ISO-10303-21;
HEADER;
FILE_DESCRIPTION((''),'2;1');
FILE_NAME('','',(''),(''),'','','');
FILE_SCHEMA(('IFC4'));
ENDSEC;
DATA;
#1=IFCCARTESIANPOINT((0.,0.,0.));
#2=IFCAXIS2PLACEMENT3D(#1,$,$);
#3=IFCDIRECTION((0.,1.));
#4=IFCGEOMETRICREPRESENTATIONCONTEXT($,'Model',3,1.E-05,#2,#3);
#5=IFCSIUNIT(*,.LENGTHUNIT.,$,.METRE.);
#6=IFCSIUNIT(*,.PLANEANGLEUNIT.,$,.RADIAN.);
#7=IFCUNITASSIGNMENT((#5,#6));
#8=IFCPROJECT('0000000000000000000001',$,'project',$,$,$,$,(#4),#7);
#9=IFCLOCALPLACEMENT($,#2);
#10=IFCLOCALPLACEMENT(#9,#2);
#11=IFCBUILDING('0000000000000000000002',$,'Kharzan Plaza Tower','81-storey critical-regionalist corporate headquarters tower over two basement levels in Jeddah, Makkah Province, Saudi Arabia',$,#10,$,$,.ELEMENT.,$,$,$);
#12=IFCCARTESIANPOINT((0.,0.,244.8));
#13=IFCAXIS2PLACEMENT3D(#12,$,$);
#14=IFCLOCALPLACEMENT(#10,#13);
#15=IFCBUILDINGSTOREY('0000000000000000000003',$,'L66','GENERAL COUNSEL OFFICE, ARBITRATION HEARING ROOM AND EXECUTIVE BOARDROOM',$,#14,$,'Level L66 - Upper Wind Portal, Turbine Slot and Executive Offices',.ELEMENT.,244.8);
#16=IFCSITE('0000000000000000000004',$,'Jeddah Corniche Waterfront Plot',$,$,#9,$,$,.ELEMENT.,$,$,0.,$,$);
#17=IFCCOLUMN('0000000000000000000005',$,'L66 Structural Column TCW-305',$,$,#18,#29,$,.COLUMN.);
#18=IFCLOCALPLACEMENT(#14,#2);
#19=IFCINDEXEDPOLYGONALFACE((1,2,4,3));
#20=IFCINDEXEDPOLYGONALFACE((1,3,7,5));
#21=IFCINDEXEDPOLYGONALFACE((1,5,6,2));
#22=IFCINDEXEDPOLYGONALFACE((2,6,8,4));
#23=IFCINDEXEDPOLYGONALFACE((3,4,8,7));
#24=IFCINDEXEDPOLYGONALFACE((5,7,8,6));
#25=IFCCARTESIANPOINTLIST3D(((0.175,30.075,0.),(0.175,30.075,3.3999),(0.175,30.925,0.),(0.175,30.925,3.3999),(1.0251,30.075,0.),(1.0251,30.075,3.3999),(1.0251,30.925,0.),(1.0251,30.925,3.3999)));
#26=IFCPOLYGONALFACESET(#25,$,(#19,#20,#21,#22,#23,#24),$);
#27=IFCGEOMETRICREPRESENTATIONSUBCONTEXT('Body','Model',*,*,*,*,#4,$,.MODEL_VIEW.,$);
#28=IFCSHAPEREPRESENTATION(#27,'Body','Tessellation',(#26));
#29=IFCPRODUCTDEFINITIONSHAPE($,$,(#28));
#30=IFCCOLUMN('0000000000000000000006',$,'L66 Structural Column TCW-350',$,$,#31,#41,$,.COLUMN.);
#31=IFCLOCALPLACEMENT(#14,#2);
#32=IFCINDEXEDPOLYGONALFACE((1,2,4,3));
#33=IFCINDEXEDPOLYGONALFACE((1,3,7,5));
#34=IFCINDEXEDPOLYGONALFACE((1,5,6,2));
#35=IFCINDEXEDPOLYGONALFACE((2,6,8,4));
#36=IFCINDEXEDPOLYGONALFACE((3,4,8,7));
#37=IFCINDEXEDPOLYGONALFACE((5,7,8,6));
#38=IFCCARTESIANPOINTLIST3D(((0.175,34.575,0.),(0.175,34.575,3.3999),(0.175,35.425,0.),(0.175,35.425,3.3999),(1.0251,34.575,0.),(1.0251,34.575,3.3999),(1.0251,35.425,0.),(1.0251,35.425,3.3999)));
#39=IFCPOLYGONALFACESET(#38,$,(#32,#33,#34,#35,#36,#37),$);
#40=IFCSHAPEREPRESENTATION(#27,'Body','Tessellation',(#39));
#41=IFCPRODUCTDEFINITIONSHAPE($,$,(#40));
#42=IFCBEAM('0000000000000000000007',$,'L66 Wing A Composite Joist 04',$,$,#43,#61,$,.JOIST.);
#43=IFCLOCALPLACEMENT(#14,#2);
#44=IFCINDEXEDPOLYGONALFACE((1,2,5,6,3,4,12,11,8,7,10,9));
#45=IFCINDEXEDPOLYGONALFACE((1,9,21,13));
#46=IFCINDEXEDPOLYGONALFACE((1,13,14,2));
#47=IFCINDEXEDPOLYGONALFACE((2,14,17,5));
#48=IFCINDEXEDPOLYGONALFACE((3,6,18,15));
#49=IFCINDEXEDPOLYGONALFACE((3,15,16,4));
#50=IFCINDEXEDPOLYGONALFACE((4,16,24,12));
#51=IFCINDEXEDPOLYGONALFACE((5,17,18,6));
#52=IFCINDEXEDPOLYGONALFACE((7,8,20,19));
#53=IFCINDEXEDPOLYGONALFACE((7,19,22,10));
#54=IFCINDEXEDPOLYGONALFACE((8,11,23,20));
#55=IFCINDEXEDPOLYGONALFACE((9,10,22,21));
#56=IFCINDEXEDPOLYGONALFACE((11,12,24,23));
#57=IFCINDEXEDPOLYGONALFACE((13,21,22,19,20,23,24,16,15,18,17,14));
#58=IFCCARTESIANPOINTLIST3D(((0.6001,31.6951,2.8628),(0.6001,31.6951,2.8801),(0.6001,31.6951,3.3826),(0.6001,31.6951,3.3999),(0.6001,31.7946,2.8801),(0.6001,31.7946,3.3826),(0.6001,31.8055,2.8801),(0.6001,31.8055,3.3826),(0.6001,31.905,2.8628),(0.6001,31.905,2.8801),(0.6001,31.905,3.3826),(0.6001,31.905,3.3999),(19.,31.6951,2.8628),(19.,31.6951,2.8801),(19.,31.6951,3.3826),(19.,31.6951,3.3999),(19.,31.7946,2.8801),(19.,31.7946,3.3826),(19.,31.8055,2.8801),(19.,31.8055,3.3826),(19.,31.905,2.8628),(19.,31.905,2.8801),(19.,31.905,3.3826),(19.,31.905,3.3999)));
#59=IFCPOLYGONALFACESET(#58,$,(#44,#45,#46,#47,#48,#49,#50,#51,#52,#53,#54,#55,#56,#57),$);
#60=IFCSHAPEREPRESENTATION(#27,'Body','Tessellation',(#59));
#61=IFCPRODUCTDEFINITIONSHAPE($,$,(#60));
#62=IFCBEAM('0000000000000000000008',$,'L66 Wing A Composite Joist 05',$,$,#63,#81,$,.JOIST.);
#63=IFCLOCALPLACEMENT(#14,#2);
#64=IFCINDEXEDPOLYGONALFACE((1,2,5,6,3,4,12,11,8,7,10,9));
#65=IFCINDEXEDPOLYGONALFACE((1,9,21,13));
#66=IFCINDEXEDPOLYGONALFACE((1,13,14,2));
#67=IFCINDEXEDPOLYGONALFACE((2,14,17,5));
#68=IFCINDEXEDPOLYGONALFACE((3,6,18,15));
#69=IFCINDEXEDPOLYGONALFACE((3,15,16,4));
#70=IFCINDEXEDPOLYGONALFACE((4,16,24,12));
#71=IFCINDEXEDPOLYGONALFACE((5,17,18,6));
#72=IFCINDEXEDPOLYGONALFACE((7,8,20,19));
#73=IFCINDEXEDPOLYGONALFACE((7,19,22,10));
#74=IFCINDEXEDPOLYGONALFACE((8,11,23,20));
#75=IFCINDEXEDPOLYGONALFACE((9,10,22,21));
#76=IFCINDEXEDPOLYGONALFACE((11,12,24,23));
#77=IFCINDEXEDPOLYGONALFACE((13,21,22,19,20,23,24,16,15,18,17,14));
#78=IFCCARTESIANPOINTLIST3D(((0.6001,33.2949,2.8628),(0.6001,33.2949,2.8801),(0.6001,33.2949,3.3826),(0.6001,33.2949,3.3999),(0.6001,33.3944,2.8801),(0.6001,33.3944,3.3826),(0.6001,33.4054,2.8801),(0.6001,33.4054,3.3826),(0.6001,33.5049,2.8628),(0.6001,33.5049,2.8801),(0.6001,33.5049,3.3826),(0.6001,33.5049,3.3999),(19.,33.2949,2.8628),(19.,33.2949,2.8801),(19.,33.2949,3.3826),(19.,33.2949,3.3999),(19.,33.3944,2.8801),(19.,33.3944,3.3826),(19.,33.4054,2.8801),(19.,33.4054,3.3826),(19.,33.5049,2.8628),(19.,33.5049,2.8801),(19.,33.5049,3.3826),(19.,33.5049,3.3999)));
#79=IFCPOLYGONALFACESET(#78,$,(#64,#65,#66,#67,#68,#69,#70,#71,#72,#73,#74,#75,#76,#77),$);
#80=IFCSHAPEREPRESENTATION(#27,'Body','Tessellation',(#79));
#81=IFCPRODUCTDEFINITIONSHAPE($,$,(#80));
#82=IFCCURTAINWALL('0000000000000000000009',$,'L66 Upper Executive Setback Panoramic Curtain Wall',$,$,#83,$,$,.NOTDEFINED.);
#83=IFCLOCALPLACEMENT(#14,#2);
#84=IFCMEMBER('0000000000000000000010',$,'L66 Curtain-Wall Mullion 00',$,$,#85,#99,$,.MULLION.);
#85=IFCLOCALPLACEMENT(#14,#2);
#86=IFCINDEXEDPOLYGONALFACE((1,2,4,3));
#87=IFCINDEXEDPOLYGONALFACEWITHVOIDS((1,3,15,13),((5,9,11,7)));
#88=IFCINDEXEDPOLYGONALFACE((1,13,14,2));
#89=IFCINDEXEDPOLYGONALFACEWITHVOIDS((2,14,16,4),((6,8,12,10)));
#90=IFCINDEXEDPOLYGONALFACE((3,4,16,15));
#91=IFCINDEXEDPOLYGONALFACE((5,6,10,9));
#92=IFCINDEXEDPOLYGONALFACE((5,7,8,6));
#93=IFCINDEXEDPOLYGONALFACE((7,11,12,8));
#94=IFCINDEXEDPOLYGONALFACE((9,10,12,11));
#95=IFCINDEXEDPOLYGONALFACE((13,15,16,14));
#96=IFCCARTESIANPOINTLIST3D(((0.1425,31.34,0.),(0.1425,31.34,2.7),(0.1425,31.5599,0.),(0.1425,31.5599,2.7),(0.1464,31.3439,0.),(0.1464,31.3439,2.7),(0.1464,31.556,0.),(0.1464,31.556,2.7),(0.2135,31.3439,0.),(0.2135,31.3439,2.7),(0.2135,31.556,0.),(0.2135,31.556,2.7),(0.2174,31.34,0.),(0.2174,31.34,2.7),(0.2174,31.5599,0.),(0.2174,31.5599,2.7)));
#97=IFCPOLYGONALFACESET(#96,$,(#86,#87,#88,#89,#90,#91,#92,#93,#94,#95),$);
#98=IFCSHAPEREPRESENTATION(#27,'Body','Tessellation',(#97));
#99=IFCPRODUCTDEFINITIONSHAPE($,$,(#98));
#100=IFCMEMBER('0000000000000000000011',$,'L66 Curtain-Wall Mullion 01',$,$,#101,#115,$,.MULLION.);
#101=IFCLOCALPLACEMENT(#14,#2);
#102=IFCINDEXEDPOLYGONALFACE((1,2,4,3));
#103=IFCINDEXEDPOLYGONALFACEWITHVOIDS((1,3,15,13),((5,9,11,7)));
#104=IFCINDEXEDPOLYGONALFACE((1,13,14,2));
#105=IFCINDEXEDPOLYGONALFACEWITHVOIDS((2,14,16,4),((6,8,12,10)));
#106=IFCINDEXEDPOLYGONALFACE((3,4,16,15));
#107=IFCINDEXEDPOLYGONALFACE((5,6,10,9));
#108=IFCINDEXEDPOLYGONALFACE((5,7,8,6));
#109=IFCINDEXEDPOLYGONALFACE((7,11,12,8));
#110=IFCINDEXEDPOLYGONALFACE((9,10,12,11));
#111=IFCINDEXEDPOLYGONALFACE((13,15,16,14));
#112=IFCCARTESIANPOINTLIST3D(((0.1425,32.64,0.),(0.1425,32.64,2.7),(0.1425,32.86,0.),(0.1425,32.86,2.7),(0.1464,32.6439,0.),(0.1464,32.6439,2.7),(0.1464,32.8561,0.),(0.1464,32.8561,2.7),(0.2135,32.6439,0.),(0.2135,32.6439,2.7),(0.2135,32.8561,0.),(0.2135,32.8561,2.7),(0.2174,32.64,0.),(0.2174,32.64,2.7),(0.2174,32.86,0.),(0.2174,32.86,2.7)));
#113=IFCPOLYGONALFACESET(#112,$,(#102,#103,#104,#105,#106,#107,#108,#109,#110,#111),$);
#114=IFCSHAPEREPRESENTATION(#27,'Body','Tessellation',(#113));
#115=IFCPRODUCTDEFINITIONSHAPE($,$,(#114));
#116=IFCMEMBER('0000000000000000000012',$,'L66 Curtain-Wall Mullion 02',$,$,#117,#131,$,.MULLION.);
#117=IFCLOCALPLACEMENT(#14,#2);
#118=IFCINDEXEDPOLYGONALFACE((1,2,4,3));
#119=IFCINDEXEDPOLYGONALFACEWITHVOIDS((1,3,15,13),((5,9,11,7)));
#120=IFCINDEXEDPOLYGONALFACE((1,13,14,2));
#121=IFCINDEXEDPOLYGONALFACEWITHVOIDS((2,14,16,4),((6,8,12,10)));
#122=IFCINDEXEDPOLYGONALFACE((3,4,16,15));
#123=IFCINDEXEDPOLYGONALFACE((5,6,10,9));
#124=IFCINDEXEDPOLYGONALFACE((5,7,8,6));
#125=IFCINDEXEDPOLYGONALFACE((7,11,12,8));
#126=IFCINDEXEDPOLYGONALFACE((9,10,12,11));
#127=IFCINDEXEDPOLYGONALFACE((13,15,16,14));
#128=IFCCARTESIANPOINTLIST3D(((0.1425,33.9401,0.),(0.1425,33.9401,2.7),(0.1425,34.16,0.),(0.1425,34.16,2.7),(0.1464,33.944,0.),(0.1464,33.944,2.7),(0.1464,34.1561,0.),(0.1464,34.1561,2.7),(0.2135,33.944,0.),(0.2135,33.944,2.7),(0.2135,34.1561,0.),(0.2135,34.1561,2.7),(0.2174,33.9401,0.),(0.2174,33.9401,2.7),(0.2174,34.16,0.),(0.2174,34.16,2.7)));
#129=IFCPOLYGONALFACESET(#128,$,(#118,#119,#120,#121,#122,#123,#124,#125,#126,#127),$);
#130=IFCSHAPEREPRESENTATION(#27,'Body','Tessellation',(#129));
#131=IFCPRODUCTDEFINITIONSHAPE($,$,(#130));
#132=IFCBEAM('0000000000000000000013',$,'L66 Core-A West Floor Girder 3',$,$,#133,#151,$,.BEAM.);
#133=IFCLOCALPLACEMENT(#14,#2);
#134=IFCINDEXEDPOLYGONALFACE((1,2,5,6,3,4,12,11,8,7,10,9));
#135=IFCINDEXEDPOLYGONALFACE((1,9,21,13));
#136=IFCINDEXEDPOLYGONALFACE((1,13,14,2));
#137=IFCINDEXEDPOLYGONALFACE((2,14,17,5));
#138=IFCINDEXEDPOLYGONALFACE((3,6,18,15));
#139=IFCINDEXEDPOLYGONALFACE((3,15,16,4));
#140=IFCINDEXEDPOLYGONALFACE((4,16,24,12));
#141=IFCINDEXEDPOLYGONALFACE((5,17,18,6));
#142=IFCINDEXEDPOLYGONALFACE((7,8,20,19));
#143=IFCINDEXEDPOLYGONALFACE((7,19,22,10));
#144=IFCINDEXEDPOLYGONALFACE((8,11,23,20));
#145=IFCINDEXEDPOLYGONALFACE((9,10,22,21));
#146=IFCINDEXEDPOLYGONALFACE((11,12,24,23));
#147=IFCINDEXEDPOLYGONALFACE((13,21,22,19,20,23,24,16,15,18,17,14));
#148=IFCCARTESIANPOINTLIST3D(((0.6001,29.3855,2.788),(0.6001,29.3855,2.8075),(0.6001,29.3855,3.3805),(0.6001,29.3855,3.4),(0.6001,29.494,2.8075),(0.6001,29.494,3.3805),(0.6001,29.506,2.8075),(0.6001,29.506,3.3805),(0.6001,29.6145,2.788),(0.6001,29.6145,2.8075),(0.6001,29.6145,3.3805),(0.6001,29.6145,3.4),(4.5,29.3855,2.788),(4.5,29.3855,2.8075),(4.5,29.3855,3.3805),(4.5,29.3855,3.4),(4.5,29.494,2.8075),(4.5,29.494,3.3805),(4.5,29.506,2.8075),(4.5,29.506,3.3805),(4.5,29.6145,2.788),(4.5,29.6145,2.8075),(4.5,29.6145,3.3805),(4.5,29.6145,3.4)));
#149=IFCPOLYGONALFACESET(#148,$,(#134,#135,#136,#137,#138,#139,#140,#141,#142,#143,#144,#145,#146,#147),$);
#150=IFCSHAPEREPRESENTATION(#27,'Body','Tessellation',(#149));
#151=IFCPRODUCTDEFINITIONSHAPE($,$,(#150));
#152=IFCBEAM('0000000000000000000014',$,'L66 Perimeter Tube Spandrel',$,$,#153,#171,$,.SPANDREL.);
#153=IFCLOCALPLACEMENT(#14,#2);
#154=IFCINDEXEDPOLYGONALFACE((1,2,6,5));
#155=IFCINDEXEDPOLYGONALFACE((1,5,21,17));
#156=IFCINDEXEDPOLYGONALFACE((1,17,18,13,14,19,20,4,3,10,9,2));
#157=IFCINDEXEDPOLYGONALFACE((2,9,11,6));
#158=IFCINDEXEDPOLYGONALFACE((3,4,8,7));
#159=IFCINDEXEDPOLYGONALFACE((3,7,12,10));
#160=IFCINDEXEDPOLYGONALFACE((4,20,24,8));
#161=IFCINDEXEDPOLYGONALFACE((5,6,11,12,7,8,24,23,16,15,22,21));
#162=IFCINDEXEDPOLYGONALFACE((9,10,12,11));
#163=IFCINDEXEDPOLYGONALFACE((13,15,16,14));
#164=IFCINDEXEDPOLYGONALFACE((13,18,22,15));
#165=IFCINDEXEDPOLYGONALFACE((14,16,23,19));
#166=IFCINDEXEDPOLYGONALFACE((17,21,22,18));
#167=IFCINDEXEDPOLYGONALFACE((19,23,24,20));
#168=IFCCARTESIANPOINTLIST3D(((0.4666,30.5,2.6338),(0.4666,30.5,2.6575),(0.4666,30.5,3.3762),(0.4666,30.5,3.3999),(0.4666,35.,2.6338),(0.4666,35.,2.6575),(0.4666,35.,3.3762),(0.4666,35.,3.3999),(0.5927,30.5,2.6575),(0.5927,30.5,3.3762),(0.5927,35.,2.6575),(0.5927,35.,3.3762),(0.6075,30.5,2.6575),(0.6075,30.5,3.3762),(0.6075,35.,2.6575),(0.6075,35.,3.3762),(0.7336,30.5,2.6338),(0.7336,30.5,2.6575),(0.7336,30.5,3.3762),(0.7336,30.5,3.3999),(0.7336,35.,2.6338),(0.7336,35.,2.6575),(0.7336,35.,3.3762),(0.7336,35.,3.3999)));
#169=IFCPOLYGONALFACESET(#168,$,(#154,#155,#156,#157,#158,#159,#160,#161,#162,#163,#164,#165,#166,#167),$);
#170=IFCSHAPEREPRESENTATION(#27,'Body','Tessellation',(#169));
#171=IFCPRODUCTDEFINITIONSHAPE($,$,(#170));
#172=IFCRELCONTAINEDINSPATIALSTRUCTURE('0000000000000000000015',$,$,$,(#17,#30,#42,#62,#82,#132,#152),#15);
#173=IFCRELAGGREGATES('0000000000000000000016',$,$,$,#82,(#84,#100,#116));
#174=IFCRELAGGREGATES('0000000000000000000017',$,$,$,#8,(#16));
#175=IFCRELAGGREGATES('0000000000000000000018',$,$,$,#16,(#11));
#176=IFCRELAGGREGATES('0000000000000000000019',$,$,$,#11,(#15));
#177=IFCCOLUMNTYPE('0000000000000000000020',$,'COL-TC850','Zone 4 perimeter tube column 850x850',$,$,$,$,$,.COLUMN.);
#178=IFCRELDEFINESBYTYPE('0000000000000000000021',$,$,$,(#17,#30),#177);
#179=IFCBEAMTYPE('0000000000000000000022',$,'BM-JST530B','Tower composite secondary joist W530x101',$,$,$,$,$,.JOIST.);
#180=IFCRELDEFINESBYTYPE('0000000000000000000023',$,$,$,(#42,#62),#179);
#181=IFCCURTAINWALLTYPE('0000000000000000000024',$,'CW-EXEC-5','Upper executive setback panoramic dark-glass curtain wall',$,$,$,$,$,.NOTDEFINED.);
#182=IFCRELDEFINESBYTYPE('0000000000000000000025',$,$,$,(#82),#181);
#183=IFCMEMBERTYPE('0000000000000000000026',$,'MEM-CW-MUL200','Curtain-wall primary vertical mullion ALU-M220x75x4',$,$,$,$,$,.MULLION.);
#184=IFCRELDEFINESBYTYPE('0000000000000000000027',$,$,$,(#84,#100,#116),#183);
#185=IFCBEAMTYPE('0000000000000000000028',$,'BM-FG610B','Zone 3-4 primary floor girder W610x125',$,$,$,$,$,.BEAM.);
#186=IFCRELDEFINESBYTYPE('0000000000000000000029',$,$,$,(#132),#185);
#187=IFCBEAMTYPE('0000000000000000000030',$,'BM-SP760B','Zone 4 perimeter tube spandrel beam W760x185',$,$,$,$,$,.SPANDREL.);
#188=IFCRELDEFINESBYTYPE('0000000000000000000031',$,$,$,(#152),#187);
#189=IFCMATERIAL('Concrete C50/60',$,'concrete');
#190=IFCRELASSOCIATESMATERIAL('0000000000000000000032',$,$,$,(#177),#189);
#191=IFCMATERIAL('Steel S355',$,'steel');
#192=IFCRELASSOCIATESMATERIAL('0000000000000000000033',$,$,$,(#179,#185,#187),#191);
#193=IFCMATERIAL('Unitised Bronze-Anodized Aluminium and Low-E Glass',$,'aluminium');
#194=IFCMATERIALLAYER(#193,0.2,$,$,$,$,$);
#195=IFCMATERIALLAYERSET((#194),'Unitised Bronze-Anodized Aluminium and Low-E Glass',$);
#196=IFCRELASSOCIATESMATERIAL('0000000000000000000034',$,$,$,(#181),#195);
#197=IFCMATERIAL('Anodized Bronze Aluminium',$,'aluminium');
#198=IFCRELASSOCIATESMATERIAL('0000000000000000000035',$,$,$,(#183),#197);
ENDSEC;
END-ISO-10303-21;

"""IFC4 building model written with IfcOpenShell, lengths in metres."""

from ifc_helpers import new_model, si_unit, direction, frame, origin, origin_2d, place, context, subcontext, project, spatial, rectangle, hollow_rectangle, i_section, extrude, source, transform, mapped, material, layer, layer_set, material_profile, profile_set, type_object, element, aggregate, save


model = new_model("IFC4")

# Units and contexts
model_context = context("Model", 3, precision=1e-05, world=origin(), true_north=direction((0.0, 1.0)))
body_context = subcontext(model_context, "Body", "Model", "MODEL_VIEW")
ifc_project = project(units=[si_unit("LENGTHUNIT", "METRE"), si_unit("PLANEANGLEUNIT", "RADIAN")], contexts=[model_context])

# Site, building, storey
site_placement = place(None, origin())
site = spatial("IfcSite", under=ifc_project, at=site_placement, Name="Jeddah Corniche Waterfront Plot", CompositionType="ELEMENT", RefElevation=0.0)
building_placement = place(site_placement, origin())
building = spatial("IfcBuilding", under=site, at=building_placement, Name="Kharzan Plaza Tower", Description="81-storey critical-regionalist corporate headquarters tower over two basement levels in Jeddah, Makkah Province, Saudi Arabia", CompositionType="ELEMENT")
storey_placement = place(building_placement, frame((0.0, 0.0, 244.8)))
storey = spatial("IfcBuildingStorey", under=building, at=storey_placement, Name="L66", Description="GENERAL COUNSEL OFFICE, ARBITRATION HEARING ROOM AND EXECUTIVE BOARDROOM", LongName="Level L66 - Upper Wind Portal, Turbine Slot and Executive Offices", CompositionType="ELEMENT", Elevation=244.8)

# Columns
ifc_material_1 = material(Name="Concrete C50/60", Category="concrete")
ifc_material_profile_1 = material_profile(ifc_material_1, rectangle(XDim=0.8501, YDim=0.8501, at=origin_2d()), Name="RC-TC850x850")
ifc_profile_set_1 = profile_set([ifc_material_profile_1], Name="Concrete C50/60")
column_type = type_object("IfcColumnType", Name="COL-TC850", Description="Zone 4 perimeter tube column 850x850", PredefinedType="COLUMN", material=ifc_profile_set_1)
shared_shape_1 = source(origin(), body_context, "Body", "SweptSolid", [
    extrude(rectangle(XDim=0.8501, YDim=0.8501, at=origin_2d()), origin(), (0.0, 0.0, 1.0), 3.3999),
])
for number, where, z_axis, x_axis, name in (
    (1, (0.6001, 30.5, 0.0), (0.0, 0.0, 1.0), (1.0, 0.0, 0.0), "L66 Structural Column TCW-305"),
    (2, (0.6001, 35.0, 0.0), (0.0, 0.0, 1.0), (1.0, 0.0, 0.0), "L66 Structural Column TCW-350"),
):
    element("IfcColumn", number, at=place(storey_placement, frame(where, z_axis=z_axis, x_axis=x_axis)), inside=storey, type_object=column_type, Name=name, PredefinedType="COLUMN", context=body_context, shape_type="MappedRepresentation", body=[
        mapped(shared_shape_1, transform((0.0, 0.0, 0.0), x_axis=(1.0, 0.0, 0.0), y_axis=(0.0, 1.0, 0.0), z_axis=(0.0, 0.0, 1.0))),
    ])

# Beams
ifc_material_2 = material(Name="Steel S355", Category="steel")
ifc_material_profile_2 = material_profile(ifc_material_2, i_section(OverallWidth=0.21, OverallDepth=0.5371, WebThickness=0.011, FlangeThickness=0.0173, at=origin_2d()), Name="W530x101")
ifc_profile_set_2 = profile_set([ifc_material_profile_2], Name="Steel S355")
beam_type_1 = type_object("IfcBeamType", Name="BM-JST530B", Description="Tower composite secondary joist W530x101", PredefinedType="JOIST", material=ifc_profile_set_2)
shared_shape_2 = source(origin(), body_context, "Body", "SweptSolid", [
    extrude(i_section(OverallWidth=0.21, OverallDepth=0.5371, WebThickness=0.011, FlangeThickness=0.0173, at=origin_2d()), origin(), (0.0, 0.0, 1.0), 18.3999),
])
for number, where, z_axis, x_axis, name in (
    (3, (0.6001, 31.8, 3.1313), (1.0, 0.0, 0.0), (0.0, 1.0, 0.0), "L66 Wing A Composite Joist 04"),
    (4, (0.6001, 33.3999, 3.1313), (1.0, 0.0, 0.0), (0.0, 1.0, 0.0), "L66 Wing A Composite Joist 05"),
):
    element("IfcBeam", number, at=place(storey_placement, frame(where, z_axis=z_axis, x_axis=x_axis)), inside=storey, type_object=beam_type_1, Name=name, PredefinedType="JOIST", context=body_context, shape_type="MappedRepresentation", body=[
        mapped(shared_shape_2, transform((0.0, 0.0, 0.0), x_axis=(1.0, 0.0, 0.0), y_axis=(0.0, 1.0, 0.0), z_axis=(0.0, 0.0, 1.0))),
    ])

# Curtain wall, members
ifc_material_3 = material(Name="Unitised Bronze-Anodized Aluminium and Low-E Glass", Category="aluminium")
ifc_layer_1 = layer(ifc_material_3, 0.2)
ifc_layer_set_1 = layer_set([ifc_layer_1], Name="Unitised Bronze-Anodized Aluminium and Low-E Glass")
curtain_wall_type = type_object("IfcCurtainWallType", Name="CW-EXEC-5", Description="Upper executive setback panoramic dark-glass curtain wall", PredefinedType="NOTDEFINED", material=ifc_layer_set_1)
curtain_wall_placement = place(storey_placement, origin())
curtain_wall = element("IfcCurtainWall", 5, at=curtain_wall_placement, inside=storey, type_object=curtain_wall_type, Name="L66 Upper Executive Setback Panoramic Curtain Wall", PredefinedType="NOTDEFINED")
ifc_material_4 = material(Name="Anodized Bronze Aluminium", Category="aluminium")
ifc_material_profile_3 = material_profile(ifc_material_4, hollow_rectangle(XDim=0.075, YDim=0.22, WallThickness=0.0039, at=origin_2d()), Name="ALU-M220x75x4")
ifc_profile_set_3 = profile_set([ifc_material_profile_3], Name="Anodized Bronze Aluminium")
member_type_1 = type_object("IfcMemberType", Name="MEM-CW-MUL200", Description="Curtain-wall primary vertical mullion ALU-M220x75x4", PredefinedType="MULLION", material=ifc_profile_set_3)
shared_shape_3 = source(origin(), body_context, "Body", "SweptSolid", [
    extrude(hollow_rectangle(XDim=0.075, YDim=0.22, WallThickness=0.0039, at=origin_2d()), origin(), (0.0, 0.0, 1.0), 2.7),
])
member_1_placement = place(storey_placement, frame((0.1799, 31.45, 0.0), z_axis=(0.0, 0.0, 1.0), x_axis=(1.0, 0.0, 0.0)))
member_1 = element("IfcMember", 6, at=member_1_placement, type_object=member_type_1, Name="L66 Curtain-Wall Mullion 00", PredefinedType="MULLION", context=body_context, shape_type="MappedRepresentation", body=[
    mapped(shared_shape_3, transform((0.0, 0.0, 0.0), x_axis=(1.0, 0.0, 0.0), y_axis=(0.0, 1.0, 0.0), z_axis=(0.0, 0.0, 1.0))),
])
member_2_placement = place(storey_placement, frame((0.1799, 32.75, 0.0), z_axis=(0.0, 0.0, 1.0), x_axis=(1.0, 0.0, 0.0)))
member_2 = element("IfcMember", 7, at=member_2_placement, type_object=member_type_1, Name="L66 Curtain-Wall Mullion 01", PredefinedType="MULLION", context=body_context, shape_type="MappedRepresentation", body=[
    mapped(shared_shape_3, transform((0.0, 0.0, 0.0), x_axis=(1.0, 0.0, 0.0), y_axis=(0.0, 1.0, 0.0), z_axis=(0.0, 0.0, 1.0))),
])
member_3_placement = place(storey_placement, frame((0.1799, 34.05, 0.0), z_axis=(0.0, 0.0, 1.0), x_axis=(1.0, 0.0, 0.0)))
member_3 = element("IfcMember", 8, at=member_3_placement, type_object=member_type_1, Name="L66 Curtain-Wall Mullion 02", PredefinedType="MULLION", context=body_context, shape_type="MappedRepresentation", body=[
    mapped(shared_shape_3, transform((0.0, 0.0, 0.0), x_axis=(1.0, 0.0, 0.0), y_axis=(0.0, 1.0, 0.0), z_axis=(0.0, 0.0, 1.0))),
])

# Beams
ifc_material_profile_4 = material_profile(ifc_material_2, i_section(OverallWidth=0.229, OverallDepth=0.6121, WebThickness=0.012, FlangeThickness=0.0195, at=origin_2d()), Name="W610x125")
ifc_profile_set_4 = profile_set([ifc_material_profile_4], Name="Steel S355")
beam_type_2 = type_object("IfcBeamType", Name="BM-FG610B", Description="Zone 3-4 primary floor girder W610x125", PredefinedType="BEAM", material=ifc_profile_set_4)
shared_shape_4 = source(origin(), body_context, "Body", "SweptSolid", [
    extrude(i_section(OverallWidth=0.229, OverallDepth=0.6121, WebThickness=0.012, FlangeThickness=0.0195, at=origin_2d()), origin(), (0.0, 0.0, 1.0), 3.8999),
])
beam_1_placement = place(storey_placement, frame((0.6001, 29.5, 3.094), z_axis=(1.0, 0.0, 0.0), x_axis=(0.0, 1.0, 0.0)))
element("IfcBeam", 9, at=beam_1_placement, inside=storey, type_object=beam_type_2, Name="L66 Core-A West Floor Girder 3", PredefinedType="BEAM", context=body_context, shape_type="MappedRepresentation", body=[
    mapped(shared_shape_4, transform((0.0, 0.0, 0.0), x_axis=(1.0, 0.0, 0.0), y_axis=(0.0, 1.0, 0.0), z_axis=(0.0, 0.0, 1.0))),
])
ifc_material_profile_5 = material_profile(ifc_material_2, i_section(OverallWidth=0.2671, OverallDepth=0.7661, WebThickness=0.0149, FlangeThickness=0.0237, at=origin_2d()), Name="W760x185")
ifc_profile_set_5 = profile_set([ifc_material_profile_5], Name="Steel S355")
beam_type_3 = type_object("IfcBeamType", Name="BM-SP760B", Description="Zone 4 perimeter tube spandrel beam W760x185", PredefinedType="SPANDREL", material=ifc_profile_set_5)
shared_shape_5 = source(origin(), body_context, "Body", "SweptSolid", [
    extrude(i_section(OverallWidth=0.2671, OverallDepth=0.7661, WebThickness=0.0149, FlangeThickness=0.0237, at=origin_2d()), origin(), (0.0, 0.0, 1.0), 4.5),
])
beam_2_placement = place(storey_placement, frame((0.6001, 30.5, 3.0168), z_axis=(0.0, 1.0, 0.0), x_axis=(-1.0, 0.0, 0.0)))
element("IfcBeam", 10, at=beam_2_placement, inside=storey, type_object=beam_type_3, Name="L66 Perimeter Tube Spandrel", PredefinedType="SPANDREL", context=body_context, shape_type="MappedRepresentation", body=[
    mapped(shared_shape_5, transform((0.0, 0.0, 0.0), x_axis=(1.0, 0.0, 0.0), y_axis=(0.0, 1.0, 0.0), z_axis=(0.0, 0.0, 1.0))),
])

aggregate(curtain_wall, [member_1, member_2, member_3])

save(model, "model.ifc")
